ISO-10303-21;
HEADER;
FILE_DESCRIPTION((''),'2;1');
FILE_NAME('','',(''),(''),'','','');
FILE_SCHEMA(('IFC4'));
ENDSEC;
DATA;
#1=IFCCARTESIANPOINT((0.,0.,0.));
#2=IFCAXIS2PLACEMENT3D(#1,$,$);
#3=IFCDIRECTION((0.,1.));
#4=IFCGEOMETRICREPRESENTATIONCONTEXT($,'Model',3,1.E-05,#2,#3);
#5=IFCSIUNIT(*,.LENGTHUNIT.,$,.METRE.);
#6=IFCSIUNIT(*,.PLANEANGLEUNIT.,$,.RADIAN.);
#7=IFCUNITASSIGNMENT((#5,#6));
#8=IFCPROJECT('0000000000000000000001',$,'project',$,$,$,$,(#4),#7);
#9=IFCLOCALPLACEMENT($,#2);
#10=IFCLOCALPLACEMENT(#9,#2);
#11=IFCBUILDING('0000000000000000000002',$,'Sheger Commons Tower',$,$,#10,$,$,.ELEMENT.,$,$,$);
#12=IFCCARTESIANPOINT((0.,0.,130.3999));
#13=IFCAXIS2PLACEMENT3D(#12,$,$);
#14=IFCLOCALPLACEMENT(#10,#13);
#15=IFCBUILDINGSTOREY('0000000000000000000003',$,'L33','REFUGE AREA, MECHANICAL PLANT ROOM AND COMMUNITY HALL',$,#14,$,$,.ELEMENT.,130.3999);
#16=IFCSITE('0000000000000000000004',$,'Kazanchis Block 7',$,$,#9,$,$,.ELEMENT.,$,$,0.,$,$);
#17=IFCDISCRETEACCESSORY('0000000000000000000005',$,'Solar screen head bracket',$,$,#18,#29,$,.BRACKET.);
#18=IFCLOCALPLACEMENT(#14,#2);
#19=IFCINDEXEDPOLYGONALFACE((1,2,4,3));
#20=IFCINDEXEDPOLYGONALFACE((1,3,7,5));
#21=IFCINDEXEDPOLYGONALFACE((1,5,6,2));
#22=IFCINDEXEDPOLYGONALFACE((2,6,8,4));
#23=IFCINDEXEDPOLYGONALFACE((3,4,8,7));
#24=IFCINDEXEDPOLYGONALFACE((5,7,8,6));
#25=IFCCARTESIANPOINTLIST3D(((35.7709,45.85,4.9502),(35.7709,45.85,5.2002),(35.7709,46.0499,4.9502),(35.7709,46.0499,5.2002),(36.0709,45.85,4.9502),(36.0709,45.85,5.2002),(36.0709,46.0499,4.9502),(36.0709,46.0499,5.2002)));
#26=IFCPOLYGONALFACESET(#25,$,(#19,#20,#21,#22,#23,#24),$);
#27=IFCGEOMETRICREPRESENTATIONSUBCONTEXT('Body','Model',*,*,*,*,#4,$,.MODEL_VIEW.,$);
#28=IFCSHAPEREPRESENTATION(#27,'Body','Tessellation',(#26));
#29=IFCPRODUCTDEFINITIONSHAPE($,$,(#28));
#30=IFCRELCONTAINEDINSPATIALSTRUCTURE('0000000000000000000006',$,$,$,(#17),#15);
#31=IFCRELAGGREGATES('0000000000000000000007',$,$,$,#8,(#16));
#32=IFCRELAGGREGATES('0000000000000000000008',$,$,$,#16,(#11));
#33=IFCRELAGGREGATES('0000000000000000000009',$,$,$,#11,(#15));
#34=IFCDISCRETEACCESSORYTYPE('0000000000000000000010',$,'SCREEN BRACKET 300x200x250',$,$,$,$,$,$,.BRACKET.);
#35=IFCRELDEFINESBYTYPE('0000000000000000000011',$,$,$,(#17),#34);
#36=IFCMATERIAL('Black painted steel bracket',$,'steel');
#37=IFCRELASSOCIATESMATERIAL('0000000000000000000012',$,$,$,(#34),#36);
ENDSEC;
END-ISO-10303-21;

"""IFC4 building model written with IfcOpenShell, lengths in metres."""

from ifc_helpers import new_model, si_unit, direction, frame, origin, origin_2d, place, context, subcontext, project, spatial, rectangle, extrude, material, type_object, element, save


model = new_model("IFC4")

# Units and contexts
model_context = context("Model", 3, precision=1e-05, world=origin(), true_north=direction((0.0, 1.0)))
body_context = subcontext(model_context, "Body", "Model", "MODEL_VIEW")
ifc_project = project(units=[si_unit("LENGTHUNIT", "METRE"), si_unit("PLANEANGLEUNIT", "RADIAN")], contexts=[model_context])

# Site, building, storey
site_placement = place(None, origin())
site = spatial("IfcSite", under=ifc_project, at=site_placement, Name="Kazanchis Block 7", CompositionType="ELEMENT", RefElevation=0.0)
building_placement = place(site_placement, origin())
building = spatial("IfcBuilding", under=site, at=building_placement, Name="Sheger Commons Tower", CompositionType="ELEMENT")
storey_placement = place(building_placement, frame((0.0, 0.0, 130.3999)))
storey = spatial("IfcBuildingStorey", under=building, at=storey_placement, Name="L33", Description="REFUGE AREA, MECHANICAL PLANT ROOM AND COMMUNITY HALL", CompositionType="ELEMENT", Elevation=130.3999)

# Discrete accessory
ifc_material_1 = material(Name="Black painted steel bracket", Category="steel")
discrete_accessory_type = type_object("IfcDiscreteAccessoryType", Name="SCREEN BRACKET 300x200x250", PredefinedType="BRACKET", material=ifc_material_1)
for number, where, z_axis, x_axis, name in (
    (1, (35.9209, 45.95, 4.9502), (0.0, 0.0, 1.0), (-1.0, 0.0, 0.0), "Solar screen head bracket"),
):
    element("IfcDiscreteAccessory", number, at=place(storey_placement, frame(where, z_axis=z_axis, x_axis=x_axis)), inside=storey, type_object=discrete_accessory_type, Name=name, PredefinedType="BRACKET", context=body_context, shape_type="SweptSolid", body=[
        extrude(rectangle(XDim=0.3, YDim=0.2, at=origin_2d()), origin(), (0.0, 0.0, 1.0), 0.25),
    ])

save(model, "model.ifc")
